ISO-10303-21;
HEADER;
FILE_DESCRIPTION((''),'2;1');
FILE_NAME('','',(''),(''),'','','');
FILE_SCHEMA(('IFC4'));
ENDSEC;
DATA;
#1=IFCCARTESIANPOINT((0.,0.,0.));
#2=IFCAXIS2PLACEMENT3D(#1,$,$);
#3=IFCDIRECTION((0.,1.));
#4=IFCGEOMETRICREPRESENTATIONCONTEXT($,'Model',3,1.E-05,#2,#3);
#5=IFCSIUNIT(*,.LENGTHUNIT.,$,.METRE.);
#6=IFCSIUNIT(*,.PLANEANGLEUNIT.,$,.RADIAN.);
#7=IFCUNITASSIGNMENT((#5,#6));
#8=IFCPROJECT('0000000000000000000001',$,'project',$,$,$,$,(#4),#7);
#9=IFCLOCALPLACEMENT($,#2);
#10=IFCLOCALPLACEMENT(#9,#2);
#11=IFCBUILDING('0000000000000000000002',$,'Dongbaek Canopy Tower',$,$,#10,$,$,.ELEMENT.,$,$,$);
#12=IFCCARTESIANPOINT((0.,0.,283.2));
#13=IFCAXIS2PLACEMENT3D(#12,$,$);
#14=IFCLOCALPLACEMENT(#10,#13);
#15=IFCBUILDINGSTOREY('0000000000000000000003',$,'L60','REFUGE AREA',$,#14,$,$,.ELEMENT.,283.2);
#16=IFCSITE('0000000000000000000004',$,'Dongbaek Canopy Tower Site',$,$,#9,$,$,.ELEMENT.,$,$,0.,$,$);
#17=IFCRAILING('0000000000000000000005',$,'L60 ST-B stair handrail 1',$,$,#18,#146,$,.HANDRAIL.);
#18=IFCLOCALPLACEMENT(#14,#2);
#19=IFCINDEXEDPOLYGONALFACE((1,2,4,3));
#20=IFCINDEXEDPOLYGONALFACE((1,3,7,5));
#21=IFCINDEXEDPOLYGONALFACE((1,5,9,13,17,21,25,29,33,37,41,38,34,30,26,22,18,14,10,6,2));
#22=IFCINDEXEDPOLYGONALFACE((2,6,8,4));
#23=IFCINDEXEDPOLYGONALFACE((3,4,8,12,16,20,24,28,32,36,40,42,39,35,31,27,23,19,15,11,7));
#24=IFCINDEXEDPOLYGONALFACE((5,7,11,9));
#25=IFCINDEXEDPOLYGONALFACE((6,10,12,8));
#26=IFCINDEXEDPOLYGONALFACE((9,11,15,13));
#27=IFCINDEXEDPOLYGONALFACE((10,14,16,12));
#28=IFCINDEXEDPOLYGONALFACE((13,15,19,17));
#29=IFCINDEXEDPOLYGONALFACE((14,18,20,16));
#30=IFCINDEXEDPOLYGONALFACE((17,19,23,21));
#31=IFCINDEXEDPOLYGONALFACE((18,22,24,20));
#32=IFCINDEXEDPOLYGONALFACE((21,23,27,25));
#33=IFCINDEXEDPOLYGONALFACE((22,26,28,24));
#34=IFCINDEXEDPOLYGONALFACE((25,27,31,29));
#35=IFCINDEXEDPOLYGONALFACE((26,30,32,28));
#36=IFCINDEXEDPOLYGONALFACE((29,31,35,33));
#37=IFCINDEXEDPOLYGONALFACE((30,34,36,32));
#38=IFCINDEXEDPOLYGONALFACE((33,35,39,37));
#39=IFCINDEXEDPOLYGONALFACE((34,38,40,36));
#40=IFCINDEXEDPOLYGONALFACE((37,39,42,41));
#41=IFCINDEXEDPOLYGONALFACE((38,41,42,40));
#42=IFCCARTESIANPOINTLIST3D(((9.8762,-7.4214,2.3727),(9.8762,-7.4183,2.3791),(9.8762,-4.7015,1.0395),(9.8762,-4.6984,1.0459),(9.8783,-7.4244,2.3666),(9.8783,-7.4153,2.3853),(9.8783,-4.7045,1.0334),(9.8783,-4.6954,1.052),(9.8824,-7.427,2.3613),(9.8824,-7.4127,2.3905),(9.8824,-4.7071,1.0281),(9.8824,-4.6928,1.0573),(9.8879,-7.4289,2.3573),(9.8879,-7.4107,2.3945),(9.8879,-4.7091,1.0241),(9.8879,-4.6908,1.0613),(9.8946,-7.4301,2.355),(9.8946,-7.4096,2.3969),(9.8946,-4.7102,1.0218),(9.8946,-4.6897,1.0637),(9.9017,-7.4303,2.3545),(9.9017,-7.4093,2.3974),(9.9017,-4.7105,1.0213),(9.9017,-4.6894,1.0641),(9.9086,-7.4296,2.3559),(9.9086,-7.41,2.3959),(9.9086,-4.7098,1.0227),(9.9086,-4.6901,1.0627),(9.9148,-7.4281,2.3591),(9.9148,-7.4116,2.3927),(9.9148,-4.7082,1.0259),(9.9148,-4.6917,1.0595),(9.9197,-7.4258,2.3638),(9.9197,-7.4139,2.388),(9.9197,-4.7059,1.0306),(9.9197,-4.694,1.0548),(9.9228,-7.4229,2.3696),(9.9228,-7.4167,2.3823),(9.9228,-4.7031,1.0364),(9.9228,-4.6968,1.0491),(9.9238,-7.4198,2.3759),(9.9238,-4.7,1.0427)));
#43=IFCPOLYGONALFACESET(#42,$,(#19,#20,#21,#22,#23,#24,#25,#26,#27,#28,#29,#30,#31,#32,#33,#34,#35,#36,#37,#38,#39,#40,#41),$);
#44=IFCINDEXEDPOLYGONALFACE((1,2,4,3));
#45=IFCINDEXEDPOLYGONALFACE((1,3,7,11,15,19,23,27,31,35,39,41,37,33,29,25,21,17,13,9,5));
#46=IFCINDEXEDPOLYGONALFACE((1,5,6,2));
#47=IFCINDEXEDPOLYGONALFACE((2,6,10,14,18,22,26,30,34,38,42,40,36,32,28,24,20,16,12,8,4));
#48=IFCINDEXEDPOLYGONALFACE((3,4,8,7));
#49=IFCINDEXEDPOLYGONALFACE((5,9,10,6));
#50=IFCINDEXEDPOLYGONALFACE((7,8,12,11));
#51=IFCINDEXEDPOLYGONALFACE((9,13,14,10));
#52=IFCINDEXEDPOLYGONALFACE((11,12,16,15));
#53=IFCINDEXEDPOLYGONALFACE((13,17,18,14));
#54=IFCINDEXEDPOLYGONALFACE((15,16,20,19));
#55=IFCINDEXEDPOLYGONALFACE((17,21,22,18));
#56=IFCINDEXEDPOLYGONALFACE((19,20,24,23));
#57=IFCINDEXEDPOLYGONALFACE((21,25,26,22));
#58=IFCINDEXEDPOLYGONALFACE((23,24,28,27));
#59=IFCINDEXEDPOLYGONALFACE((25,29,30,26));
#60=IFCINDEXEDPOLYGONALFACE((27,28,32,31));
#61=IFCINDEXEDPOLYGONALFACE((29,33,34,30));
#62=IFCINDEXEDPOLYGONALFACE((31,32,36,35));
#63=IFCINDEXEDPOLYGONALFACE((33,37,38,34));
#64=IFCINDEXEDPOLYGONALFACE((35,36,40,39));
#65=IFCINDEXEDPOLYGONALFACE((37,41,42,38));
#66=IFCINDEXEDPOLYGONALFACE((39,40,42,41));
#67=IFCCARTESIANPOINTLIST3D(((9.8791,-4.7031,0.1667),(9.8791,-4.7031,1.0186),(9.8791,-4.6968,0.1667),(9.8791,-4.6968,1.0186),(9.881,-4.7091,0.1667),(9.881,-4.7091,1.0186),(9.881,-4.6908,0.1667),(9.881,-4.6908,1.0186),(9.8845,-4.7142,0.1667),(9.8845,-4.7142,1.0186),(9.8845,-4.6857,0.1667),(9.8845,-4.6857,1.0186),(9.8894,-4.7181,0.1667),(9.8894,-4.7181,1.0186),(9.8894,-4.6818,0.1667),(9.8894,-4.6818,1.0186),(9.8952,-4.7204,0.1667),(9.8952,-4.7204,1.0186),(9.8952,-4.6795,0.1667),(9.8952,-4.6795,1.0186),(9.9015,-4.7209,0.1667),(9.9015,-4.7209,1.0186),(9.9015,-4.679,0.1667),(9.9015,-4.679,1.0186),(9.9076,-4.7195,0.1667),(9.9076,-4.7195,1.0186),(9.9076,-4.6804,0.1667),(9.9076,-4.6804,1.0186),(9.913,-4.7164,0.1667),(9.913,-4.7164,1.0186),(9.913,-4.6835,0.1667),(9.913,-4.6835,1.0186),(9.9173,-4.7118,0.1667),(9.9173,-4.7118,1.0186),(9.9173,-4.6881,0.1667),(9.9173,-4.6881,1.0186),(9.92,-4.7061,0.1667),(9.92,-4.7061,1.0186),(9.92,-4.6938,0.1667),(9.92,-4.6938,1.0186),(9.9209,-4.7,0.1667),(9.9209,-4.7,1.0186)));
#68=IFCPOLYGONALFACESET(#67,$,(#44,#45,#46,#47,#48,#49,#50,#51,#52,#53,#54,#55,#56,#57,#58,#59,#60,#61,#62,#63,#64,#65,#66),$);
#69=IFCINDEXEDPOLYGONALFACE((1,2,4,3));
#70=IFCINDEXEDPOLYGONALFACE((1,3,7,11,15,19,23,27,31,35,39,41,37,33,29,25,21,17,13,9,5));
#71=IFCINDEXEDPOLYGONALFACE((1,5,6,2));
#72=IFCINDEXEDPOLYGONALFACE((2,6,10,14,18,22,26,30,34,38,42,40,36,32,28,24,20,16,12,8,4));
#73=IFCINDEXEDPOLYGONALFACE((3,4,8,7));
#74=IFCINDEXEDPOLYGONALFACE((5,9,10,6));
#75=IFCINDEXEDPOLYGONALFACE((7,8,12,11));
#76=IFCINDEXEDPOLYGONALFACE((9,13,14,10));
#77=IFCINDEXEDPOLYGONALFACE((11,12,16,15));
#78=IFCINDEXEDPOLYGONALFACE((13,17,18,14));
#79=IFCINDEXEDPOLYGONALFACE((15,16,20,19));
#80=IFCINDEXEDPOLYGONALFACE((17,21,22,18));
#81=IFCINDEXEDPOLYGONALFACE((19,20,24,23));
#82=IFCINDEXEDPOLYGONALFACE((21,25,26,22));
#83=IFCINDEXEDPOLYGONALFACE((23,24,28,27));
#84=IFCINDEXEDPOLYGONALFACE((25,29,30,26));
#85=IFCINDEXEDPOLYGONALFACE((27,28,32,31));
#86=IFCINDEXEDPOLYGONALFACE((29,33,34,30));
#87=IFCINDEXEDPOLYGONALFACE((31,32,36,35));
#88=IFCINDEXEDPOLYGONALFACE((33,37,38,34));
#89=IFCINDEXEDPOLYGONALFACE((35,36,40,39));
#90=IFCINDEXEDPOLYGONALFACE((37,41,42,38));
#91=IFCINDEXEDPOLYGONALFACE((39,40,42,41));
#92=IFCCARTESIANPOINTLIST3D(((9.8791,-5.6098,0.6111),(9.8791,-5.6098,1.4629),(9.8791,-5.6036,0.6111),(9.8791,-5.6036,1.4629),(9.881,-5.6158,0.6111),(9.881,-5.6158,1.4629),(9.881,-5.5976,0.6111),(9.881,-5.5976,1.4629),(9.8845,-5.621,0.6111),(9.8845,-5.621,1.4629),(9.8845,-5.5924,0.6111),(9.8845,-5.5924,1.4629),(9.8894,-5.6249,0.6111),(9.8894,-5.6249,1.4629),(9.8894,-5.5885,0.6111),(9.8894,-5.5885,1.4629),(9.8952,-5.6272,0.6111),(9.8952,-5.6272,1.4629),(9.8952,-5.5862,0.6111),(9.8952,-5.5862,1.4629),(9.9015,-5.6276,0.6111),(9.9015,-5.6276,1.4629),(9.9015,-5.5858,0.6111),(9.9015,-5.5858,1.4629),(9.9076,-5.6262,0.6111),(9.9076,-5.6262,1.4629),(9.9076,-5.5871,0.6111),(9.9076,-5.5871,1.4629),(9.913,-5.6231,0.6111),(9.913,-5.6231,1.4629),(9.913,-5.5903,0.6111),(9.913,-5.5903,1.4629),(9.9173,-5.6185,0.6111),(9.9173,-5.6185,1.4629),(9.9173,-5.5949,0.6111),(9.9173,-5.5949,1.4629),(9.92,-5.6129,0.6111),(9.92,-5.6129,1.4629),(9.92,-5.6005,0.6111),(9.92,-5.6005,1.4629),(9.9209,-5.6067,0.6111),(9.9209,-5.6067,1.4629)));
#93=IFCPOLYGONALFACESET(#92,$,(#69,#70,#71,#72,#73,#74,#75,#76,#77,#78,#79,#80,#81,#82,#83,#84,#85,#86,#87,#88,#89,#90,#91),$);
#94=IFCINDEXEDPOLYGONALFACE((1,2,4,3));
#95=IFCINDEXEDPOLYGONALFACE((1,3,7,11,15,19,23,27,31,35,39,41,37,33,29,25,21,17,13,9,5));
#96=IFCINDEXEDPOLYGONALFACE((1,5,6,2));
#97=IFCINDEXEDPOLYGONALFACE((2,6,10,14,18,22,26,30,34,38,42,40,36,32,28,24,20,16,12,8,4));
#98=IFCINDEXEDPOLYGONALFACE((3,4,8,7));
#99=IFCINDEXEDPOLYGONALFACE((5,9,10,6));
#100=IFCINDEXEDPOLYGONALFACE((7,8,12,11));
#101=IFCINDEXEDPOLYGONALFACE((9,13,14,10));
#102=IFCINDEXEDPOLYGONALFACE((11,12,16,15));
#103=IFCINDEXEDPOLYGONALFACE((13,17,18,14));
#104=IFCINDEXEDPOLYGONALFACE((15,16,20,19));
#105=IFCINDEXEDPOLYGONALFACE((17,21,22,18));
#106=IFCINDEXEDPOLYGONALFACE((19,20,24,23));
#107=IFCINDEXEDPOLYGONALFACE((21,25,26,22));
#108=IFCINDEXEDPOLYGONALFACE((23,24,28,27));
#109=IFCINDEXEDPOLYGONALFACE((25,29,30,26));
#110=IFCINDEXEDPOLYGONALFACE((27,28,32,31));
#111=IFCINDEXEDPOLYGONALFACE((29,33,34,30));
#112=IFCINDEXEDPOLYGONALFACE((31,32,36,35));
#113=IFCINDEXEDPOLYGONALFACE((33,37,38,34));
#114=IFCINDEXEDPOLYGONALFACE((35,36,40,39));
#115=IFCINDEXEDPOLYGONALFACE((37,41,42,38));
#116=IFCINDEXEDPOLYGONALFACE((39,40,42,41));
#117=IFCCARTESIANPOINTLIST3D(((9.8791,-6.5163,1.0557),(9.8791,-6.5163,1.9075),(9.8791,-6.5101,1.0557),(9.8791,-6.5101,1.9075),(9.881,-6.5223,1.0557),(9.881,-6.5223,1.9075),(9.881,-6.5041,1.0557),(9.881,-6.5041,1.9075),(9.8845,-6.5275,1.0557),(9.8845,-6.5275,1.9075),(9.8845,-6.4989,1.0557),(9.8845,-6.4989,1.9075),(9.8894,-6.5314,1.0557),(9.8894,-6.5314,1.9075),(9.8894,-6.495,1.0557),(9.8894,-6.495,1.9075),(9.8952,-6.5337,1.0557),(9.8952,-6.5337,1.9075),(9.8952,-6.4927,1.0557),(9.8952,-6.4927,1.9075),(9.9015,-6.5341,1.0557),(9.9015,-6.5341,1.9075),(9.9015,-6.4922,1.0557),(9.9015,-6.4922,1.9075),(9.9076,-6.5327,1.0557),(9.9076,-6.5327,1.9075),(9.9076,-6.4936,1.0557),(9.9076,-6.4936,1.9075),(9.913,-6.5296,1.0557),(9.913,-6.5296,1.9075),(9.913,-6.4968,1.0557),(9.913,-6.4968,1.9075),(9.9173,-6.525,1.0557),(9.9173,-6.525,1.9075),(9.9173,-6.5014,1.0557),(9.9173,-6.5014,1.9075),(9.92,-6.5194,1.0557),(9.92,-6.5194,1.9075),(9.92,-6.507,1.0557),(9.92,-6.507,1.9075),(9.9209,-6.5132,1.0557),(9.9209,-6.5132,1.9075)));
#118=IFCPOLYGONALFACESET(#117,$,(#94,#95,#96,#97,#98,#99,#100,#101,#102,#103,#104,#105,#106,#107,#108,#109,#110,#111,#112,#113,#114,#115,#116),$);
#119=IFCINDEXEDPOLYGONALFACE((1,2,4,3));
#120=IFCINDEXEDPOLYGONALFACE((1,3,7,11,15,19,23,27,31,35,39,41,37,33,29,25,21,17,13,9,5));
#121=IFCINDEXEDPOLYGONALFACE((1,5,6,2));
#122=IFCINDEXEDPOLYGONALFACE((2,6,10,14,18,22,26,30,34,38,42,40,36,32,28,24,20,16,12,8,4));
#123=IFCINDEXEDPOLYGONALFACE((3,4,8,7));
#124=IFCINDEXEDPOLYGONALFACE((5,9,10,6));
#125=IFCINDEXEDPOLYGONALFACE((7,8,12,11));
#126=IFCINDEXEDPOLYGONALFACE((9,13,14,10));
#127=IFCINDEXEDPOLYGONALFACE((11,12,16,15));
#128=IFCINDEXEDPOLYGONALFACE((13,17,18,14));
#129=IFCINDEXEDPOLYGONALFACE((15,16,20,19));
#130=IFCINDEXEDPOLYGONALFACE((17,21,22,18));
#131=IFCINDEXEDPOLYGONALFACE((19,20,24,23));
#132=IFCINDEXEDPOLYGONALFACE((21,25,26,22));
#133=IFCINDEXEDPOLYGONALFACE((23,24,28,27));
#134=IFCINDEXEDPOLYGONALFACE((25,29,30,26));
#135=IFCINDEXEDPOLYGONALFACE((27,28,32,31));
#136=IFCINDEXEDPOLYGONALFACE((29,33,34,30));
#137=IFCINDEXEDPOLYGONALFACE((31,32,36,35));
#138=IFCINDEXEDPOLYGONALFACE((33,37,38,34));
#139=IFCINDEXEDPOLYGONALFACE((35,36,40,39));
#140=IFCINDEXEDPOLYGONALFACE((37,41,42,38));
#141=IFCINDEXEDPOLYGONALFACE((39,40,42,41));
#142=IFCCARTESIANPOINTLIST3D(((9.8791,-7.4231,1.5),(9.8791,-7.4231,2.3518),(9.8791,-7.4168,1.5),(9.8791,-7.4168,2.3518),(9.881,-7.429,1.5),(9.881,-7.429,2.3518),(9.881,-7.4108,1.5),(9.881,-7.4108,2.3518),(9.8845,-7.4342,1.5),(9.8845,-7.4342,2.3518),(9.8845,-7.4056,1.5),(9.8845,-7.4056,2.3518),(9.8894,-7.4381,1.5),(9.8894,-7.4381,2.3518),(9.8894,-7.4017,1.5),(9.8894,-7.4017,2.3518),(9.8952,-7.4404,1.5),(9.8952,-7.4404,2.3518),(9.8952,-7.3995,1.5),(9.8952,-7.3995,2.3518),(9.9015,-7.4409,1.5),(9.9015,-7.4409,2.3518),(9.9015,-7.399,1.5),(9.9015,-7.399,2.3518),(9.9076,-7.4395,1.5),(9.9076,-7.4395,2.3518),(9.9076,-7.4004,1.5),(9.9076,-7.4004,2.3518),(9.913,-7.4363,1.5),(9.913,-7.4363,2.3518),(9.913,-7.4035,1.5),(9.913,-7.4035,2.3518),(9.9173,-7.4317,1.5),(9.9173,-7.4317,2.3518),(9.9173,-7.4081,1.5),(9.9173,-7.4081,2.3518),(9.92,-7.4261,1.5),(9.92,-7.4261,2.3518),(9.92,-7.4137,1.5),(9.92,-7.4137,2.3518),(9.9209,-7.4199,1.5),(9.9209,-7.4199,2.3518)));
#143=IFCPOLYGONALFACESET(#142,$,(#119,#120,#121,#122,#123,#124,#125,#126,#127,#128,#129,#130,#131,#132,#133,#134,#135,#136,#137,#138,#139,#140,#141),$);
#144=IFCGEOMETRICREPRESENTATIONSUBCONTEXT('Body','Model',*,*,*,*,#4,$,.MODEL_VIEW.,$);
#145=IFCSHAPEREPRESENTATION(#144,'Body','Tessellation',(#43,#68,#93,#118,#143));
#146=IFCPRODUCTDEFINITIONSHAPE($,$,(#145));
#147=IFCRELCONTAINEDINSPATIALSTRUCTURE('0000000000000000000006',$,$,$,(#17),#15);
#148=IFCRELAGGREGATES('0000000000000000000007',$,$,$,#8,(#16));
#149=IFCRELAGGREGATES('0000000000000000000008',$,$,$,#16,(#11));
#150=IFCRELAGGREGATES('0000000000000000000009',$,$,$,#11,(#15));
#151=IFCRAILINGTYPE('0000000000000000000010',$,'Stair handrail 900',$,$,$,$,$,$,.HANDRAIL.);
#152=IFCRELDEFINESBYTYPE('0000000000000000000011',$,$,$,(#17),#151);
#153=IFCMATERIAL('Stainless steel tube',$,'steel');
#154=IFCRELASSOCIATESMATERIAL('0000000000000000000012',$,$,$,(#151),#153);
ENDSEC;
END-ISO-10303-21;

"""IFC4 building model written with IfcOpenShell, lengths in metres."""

from ifc_helpers import new_model, si_unit, direction, frame, origin, origin_2d, place, context, subcontext, project, spatial, circle, extrude, material, type_object, element, save


model = new_model("IFC4")

# Units and contexts
model_context = context("Model", 3, precision=1e-05, world=origin(), true_north=direction((0.0, 1.0)))
body_context = subcontext(model_context, "Body", "Model", "MODEL_VIEW")
ifc_project = project(units=[si_unit("LENGTHUNIT", "METRE"), si_unit("PLANEANGLEUNIT", "RADIAN")], contexts=[model_context])

# Site, building, storey
site_placement = place(None, origin())
site = spatial("IfcSite", under=ifc_project, at=site_placement, Name="Dongbaek Canopy Tower Site", CompositionType="ELEMENT", RefElevation=0.0)
building_placement = place(site_placement, origin())
building = spatial("IfcBuilding", under=site, at=building_placement, Name="Dongbaek Canopy Tower", CompositionType="ELEMENT")
storey_placement = place(building_placement, frame((0.0, 0.0, 283.2)))
storey = spatial("IfcBuildingStorey", under=building, at=storey_placement, Name="L60", Description="REFUGE AREA", CompositionType="ELEMENT", Elevation=283.2)

# Railing
ifc_material_1 = material(Name="Stainless steel tube", Category="steel")
railing_type_1 = type_object("IfcRailingType", Name="Stair handrail 900", PredefinedType="HANDRAIL", material=ifc_material_1)
railing_1_placement = place(storey_placement, frame((9.8999, -4.7, 0.1667)))
element("IfcRailing", 1, at=railing_1_placement, inside=storey, type_object=railing_type_1, Name="L60 ST-B stair handrail 1", PredefinedType="HANDRAIL", context=body_context, shape_type="SweptSolid", body=[
    extrude(circle(Radius=0.0239, at=origin_2d()), frame((0.0, 0.0, 0.876), z_axis=(0.0, -0.897929, 0.440139), x_axis=(1.0, 0.0, 0.0)), (0.0, 0.0, 1.0), 3.0291),
    extrude(circle(Radius=0.021, at=origin_2d()), origin(), (0.0, 0.0, 1.0), 0.8518),
    extrude(circle(Radius=0.021, at=origin_2d()), frame((0.0, -0.9067, 0.4443)), (0.0, 0.0, 1.0), 0.8518),
    extrude(circle(Radius=0.021, at=origin_2d()), frame((0.0, -1.8132, 0.8889)), (0.0, 0.0, 1.0), 0.8518),
    extrude(circle(Radius=0.021, at=origin_2d()), frame((0.0, -2.72, 1.3333)), (0.0, 0.0, 1.0), 0.8518),
])

save(model, "model.ifc")
